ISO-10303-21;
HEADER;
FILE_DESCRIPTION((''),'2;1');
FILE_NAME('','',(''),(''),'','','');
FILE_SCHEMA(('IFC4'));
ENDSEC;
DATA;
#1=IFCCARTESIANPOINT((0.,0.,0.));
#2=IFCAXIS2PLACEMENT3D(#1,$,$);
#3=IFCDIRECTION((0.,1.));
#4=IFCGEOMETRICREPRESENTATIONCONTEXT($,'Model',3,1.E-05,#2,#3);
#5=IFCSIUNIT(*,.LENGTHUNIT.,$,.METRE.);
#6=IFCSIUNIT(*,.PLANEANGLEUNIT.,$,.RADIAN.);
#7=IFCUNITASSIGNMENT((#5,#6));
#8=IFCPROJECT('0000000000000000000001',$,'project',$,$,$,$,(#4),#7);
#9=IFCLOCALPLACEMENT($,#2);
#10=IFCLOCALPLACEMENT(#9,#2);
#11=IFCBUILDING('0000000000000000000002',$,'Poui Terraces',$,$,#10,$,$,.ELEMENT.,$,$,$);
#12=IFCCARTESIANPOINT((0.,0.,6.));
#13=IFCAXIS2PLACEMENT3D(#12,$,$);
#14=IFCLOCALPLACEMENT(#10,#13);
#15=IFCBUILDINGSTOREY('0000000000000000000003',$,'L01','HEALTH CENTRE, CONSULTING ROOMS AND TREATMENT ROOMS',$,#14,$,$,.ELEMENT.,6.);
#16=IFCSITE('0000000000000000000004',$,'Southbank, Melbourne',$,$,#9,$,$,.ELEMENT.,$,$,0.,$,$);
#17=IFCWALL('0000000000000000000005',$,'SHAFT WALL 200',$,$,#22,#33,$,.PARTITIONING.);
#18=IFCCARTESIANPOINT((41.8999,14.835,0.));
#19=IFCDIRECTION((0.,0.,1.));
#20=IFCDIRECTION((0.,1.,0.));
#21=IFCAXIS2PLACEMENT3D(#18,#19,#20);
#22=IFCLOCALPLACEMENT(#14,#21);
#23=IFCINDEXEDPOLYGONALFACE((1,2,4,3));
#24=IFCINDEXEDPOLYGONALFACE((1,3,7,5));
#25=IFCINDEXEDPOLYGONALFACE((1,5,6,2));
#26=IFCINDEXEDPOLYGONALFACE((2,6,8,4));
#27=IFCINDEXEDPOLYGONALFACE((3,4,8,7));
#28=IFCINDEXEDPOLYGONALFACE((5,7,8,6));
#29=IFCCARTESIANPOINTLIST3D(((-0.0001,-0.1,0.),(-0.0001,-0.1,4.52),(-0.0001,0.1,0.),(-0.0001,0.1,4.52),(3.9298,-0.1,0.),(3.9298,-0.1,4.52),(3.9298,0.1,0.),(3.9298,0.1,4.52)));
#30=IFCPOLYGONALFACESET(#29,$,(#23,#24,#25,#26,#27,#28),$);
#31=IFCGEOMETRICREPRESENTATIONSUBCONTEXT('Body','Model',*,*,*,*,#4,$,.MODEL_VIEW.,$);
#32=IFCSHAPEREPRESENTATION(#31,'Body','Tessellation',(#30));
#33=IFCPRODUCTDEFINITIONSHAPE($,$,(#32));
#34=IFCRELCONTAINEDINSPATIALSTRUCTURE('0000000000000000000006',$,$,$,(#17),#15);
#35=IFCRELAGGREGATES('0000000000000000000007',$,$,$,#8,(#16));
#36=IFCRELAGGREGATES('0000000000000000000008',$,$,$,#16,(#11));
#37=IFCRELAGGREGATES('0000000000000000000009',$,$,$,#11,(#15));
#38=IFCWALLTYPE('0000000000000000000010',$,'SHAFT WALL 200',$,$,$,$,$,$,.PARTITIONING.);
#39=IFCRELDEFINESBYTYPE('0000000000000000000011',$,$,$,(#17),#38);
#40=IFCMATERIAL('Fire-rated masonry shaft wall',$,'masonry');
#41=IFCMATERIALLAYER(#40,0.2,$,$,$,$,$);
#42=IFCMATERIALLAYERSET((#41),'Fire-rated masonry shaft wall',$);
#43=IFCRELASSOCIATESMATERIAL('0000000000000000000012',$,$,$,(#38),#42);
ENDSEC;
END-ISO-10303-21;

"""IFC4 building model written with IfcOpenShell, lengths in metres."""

from ifc_helpers import new_model, si_unit, direction, frame, frame_2d, origin, place, context, subcontext, project, spatial, rectangle, extrude, material, layer, layer_set, type_object, element, save


model = new_model("IFC4")

# Units and contexts
model_context = context("Model", 3, precision=1e-05, world=origin(), true_north=direction((0.0, 1.0)))
body_context = subcontext(model_context, "Body", "Model", "MODEL_VIEW")
ifc_project = project(units=[si_unit("LENGTHUNIT", "METRE"), si_unit("PLANEANGLEUNIT", "RADIAN")], contexts=[model_context])

# Site, building, storey
site_placement = place(None, origin())
site = spatial("IfcSite", under=ifc_project, at=site_placement, Name="Southbank, Melbourne", CompositionType="ELEMENT", RefElevation=0.0)
building_placement = place(site_placement, origin())
building = spatial("IfcBuilding", under=site, at=building_placement, Name="Poui Terraces", CompositionType="ELEMENT")
storey_placement = place(building_placement, frame((0.0, 0.0, 6.0)))
storey = spatial("IfcBuildingStorey", under=building, at=storey_placement, Name="L01", Description="HEALTH CENTRE, CONSULTING ROOMS AND TREATMENT ROOMS", CompositionType="ELEMENT", Elevation=6.0)

# Shared definitions
ifc_material_1 = material(Name="Fire-rated masonry shaft wall", Category="masonry")
ifc_layer_1 = layer(ifc_material_1, 0.2)
ifc_layer_set_1 = layer_set([ifc_layer_1], Name="Fire-rated masonry shaft wall")
wall_type_1 = type_object("IfcWallType", Name="SHAFT WALL 200", PredefinedType="PARTITIONING", material=ifc_layer_set_1)

# Wall
wall_1_placement = place(storey_placement, frame((41.8999, 14.835, 0.0), z_axis=(0.0, 0.0, 1.0), x_axis=(0.0, 1.0, 0.0)))
element("IfcWall", 1, at=wall_1_placement, inside=storey, type_object=wall_type_1, Name="SHAFT WALL 200", PredefinedType="PARTITIONING", context=body_context, shape_type="SweptSolid", body=[
    extrude(rectangle(XDim=3.9299, YDim=0.2, at=frame_2d((1.9648, 0.0))), origin(), (0.0, 0.0, 1.0), 4.52),
])

save(model, "model.ifc")
